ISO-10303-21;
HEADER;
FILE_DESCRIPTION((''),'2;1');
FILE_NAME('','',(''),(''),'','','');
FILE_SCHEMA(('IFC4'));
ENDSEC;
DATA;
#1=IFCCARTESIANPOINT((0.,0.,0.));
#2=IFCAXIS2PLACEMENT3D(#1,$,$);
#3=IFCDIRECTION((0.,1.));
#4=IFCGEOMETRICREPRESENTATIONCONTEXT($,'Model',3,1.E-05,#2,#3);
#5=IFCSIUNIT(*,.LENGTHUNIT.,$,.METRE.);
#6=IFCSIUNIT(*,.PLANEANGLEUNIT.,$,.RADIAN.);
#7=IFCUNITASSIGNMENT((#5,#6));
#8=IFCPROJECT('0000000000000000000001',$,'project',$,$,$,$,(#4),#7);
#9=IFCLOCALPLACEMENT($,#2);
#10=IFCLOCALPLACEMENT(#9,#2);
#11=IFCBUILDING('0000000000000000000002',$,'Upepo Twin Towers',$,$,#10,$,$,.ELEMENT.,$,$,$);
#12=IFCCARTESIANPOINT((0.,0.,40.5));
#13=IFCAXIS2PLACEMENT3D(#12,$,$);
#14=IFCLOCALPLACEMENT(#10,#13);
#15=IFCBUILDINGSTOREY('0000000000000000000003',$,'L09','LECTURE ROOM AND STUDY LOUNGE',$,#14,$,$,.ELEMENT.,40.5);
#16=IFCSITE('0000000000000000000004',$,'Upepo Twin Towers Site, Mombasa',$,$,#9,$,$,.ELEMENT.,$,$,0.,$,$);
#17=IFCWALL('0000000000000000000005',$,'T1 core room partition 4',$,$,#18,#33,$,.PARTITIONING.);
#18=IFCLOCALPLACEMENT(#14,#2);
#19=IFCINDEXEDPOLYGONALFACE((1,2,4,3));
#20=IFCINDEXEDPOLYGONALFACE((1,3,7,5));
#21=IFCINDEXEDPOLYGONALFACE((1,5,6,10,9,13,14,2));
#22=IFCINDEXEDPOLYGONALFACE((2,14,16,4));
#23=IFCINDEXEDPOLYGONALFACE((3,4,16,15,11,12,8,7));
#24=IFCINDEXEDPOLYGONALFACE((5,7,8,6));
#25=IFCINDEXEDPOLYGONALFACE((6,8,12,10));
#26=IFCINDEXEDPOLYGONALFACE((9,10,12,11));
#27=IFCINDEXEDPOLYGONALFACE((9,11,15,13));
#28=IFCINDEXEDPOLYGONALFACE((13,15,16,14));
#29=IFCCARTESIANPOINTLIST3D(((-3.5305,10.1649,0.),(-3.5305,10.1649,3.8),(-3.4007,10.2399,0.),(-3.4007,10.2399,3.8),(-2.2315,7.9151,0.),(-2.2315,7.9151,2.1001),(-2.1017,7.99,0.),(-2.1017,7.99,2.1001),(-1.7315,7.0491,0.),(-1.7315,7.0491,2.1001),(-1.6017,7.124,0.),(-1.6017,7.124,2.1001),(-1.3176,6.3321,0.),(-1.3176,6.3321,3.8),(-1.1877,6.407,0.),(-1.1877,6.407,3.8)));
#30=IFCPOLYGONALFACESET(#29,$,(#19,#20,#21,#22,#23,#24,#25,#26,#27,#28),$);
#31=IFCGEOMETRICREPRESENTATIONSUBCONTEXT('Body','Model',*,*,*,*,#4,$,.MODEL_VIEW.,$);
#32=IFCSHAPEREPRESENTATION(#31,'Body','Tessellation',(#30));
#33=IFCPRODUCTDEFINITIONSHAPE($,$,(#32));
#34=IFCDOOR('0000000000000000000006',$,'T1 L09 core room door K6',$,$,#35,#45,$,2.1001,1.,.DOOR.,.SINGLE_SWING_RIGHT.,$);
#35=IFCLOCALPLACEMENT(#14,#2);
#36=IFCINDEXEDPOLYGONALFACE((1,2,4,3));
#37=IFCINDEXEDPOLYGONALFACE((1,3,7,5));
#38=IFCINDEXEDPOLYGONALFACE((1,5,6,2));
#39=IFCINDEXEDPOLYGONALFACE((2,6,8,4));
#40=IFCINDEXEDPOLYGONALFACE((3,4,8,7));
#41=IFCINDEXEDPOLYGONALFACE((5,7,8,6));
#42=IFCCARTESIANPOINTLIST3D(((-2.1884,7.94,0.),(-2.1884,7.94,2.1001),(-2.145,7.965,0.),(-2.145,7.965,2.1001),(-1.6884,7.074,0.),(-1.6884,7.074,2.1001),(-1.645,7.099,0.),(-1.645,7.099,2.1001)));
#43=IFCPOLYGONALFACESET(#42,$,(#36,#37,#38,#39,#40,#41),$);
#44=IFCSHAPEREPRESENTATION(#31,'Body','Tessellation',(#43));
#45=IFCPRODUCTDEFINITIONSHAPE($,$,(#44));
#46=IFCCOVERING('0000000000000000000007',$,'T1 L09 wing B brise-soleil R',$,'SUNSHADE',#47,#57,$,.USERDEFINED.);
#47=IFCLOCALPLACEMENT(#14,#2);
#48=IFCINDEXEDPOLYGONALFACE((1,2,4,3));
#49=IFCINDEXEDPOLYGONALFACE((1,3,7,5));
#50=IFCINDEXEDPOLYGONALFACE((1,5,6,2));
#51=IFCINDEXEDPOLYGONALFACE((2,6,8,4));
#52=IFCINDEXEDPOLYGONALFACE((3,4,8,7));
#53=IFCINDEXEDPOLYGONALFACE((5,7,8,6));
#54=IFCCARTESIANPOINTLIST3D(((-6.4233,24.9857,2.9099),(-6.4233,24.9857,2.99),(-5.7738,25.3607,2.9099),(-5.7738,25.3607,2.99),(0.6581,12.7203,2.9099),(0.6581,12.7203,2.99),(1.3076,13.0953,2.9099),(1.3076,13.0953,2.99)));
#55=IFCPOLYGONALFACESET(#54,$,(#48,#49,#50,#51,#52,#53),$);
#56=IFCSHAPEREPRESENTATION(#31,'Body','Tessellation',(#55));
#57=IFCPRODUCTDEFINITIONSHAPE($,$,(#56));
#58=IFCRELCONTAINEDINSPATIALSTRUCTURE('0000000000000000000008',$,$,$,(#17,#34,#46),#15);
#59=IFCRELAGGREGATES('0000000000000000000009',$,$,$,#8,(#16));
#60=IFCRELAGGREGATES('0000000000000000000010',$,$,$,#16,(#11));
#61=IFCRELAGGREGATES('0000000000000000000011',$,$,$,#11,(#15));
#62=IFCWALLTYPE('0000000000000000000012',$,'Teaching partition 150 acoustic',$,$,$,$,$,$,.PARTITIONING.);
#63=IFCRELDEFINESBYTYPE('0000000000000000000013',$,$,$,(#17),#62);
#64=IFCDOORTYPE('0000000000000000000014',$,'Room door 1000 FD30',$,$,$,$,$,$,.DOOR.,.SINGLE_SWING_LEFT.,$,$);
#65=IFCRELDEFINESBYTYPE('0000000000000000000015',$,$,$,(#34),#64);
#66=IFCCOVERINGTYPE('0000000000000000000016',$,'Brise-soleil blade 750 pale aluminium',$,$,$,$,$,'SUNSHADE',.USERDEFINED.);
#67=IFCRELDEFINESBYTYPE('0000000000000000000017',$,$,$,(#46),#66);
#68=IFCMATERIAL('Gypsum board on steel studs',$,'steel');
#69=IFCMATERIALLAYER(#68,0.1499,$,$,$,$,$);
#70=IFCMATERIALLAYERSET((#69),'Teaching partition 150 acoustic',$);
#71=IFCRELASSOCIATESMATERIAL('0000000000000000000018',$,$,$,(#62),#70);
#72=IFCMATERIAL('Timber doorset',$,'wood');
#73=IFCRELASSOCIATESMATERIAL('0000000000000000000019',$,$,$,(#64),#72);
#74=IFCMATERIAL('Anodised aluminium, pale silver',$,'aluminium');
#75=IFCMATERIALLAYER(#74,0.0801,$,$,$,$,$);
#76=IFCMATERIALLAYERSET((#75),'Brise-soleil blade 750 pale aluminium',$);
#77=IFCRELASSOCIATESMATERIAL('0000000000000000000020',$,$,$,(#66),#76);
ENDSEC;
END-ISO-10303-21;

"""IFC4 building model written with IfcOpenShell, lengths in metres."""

from ifc_helpers import new_model, si_unit, direction, frame, frame_2d, origin, origin_2d, place, context, subcontext, project, spatial, rectangle, extrude, material, layer, layer_set, type_object, element, fill, save


model = new_model("IFC4")

# Units and contexts
model_context = context("Model", 3, precision=1e-05, world=origin(), true_north=direction((0.0, 1.0)))
body_context = subcontext(model_context, "Body", "Model", "MODEL_VIEW")
ifc_project = project(units=[si_unit("LENGTHUNIT", "METRE"), si_unit("PLANEANGLEUNIT", "RADIAN")], contexts=[model_context])

# Site, building, storey
site_placement = place(None, origin())
site = spatial("IfcSite", under=ifc_project, at=site_placement, Name="Upepo Twin Towers Site, Mombasa", CompositionType="ELEMENT", RefElevation=0.0)
building_placement = place(site_placement, origin())
building = spatial("IfcBuilding", under=site, at=building_placement, Name="Upepo Twin Towers", CompositionType="ELEMENT")
storey_placement = place(building_placement, frame((0.0, 0.0, 40.5)))
storey = spatial("IfcBuildingStorey", under=building, at=storey_placement, Name="L09", Description="LECTURE ROOM AND STUDY LOUNGE", CompositionType="ELEMENT", Elevation=40.5)

# Wall, opening, door
ifc_material_1 = material(Name="Gypsum board on steel studs", Category="steel")
ifc_layer_1 = layer(ifc_material_1, 0.1499)
ifc_layer_set_1 = layer_set([ifc_layer_1], Name="Teaching partition 150 acoustic")
wall_type_1 = type_object("IfcWallType", Name="Teaching partition 150 acoustic", PredefinedType="PARTITIONING", material=ifc_layer_set_1)
wall_1_placement = place(storey_placement, frame((-3.4656, 10.2024, 0.0), z_axis=(0.0, 0.0, 1.0), x_axis=(0.500007, -0.866021, 0.0)))
wall_1 = element("IfcWall", 1, at=wall_1_placement, inside=storey, type_object=wall_type_1, Name="T1 core room partition 4", PredefinedType="PARTITIONING", context=body_context, shape_type="SweptSolid", body=[
    extrude(rectangle(XDim=4.4258, YDim=0.1499, at=frame_2d((2.2129, 0.0))), origin(), (0.0, 0.0, 1.0), 3.8),
])
opening_placement = place(wall_1_placement, frame((2.5979, 0.0, 0.0)))
opening = element("IfcOpeningElement", 2, at=opening_placement, cuts=wall_1, PredefinedType="OPENING", context=body_context, shape_type="SweptSolid", body=[
    extrude(rectangle(XDim=1.0, YDim=2.1001, at=frame_2d((0.5, 1.05))), frame((0.0, 0.085, 0.0), z_axis=(0.0, -1.0, 0.0), x_axis=(1.0, 0.0, 0.0)), (0.0, 0.0, 1.0), 0.1699),
])
ifc_material_2 = material(Name="Timber doorset", Category="wood")
door_type = type_object("IfcDoorType", Name="Room door 1000 FD30", OperationType="SINGLE_SWING_LEFT", PredefinedType="DOOR", material=ifc_material_2)
door_placement = place(opening_placement, origin())
door = element("IfcDoor", 3, at=door_placement, inside=storey, type_object=door_type, Name="T1 L09 core room door K6", OperationType="SINGLE_SWING_RIGHT", OverallHeight=2.1001, OverallWidth=1.0, PredefinedType="DOOR", context=body_context, shape_type="SweptSolid", body=[
    extrude(rectangle(XDim=1.0, YDim=2.1001, at=frame_2d((0.5, 1.05))), frame((0.0, 0.0249, 0.0), z_axis=(0.0, -1.0, 0.0), x_axis=(1.0, 0.0, 0.0)), (0.0, 0.0, 1.0), 0.05),
])
fill(opening, door)

# Covering
ifc_material_3 = material(Name="Anodised aluminium, pale silver", Category="aluminium")
ifc_layer_2 = layer(ifc_material_3, 0.0801)
ifc_layer_set_2 = layer_set([ifc_layer_2], Name="Brise-soleil blade 750 pale aluminium")
covering_type = type_object("IfcCoveringType", Name="Brise-soleil blade 750 pale aluminium", ElementType="SUNSHADE", PredefinedType="USERDEFINED", material=ifc_layer_set_2)
covering_placement = place(storey_placement, frame((-2.5579, 19.0405, 2.9099), z_axis=(0.0, 0.0, 1.0), x_axis=(-0.5, 0.866025, 0.0)))
element("IfcCovering", 4, at=covering_placement, inside=storey, type_object=covering_type, Name="T1 L09 wing B brise-soleil R", ObjectType="SUNSHADE", PredefinedType="USERDEFINED", context=body_context, shape_type="SweptSolid", body=[
    extrude(rectangle(XDim=14.1628, YDim=0.75, at=origin_2d()), origin(), (0.0, 0.0, 1.0), 0.0801),
])

save(model, "model.ifc")
